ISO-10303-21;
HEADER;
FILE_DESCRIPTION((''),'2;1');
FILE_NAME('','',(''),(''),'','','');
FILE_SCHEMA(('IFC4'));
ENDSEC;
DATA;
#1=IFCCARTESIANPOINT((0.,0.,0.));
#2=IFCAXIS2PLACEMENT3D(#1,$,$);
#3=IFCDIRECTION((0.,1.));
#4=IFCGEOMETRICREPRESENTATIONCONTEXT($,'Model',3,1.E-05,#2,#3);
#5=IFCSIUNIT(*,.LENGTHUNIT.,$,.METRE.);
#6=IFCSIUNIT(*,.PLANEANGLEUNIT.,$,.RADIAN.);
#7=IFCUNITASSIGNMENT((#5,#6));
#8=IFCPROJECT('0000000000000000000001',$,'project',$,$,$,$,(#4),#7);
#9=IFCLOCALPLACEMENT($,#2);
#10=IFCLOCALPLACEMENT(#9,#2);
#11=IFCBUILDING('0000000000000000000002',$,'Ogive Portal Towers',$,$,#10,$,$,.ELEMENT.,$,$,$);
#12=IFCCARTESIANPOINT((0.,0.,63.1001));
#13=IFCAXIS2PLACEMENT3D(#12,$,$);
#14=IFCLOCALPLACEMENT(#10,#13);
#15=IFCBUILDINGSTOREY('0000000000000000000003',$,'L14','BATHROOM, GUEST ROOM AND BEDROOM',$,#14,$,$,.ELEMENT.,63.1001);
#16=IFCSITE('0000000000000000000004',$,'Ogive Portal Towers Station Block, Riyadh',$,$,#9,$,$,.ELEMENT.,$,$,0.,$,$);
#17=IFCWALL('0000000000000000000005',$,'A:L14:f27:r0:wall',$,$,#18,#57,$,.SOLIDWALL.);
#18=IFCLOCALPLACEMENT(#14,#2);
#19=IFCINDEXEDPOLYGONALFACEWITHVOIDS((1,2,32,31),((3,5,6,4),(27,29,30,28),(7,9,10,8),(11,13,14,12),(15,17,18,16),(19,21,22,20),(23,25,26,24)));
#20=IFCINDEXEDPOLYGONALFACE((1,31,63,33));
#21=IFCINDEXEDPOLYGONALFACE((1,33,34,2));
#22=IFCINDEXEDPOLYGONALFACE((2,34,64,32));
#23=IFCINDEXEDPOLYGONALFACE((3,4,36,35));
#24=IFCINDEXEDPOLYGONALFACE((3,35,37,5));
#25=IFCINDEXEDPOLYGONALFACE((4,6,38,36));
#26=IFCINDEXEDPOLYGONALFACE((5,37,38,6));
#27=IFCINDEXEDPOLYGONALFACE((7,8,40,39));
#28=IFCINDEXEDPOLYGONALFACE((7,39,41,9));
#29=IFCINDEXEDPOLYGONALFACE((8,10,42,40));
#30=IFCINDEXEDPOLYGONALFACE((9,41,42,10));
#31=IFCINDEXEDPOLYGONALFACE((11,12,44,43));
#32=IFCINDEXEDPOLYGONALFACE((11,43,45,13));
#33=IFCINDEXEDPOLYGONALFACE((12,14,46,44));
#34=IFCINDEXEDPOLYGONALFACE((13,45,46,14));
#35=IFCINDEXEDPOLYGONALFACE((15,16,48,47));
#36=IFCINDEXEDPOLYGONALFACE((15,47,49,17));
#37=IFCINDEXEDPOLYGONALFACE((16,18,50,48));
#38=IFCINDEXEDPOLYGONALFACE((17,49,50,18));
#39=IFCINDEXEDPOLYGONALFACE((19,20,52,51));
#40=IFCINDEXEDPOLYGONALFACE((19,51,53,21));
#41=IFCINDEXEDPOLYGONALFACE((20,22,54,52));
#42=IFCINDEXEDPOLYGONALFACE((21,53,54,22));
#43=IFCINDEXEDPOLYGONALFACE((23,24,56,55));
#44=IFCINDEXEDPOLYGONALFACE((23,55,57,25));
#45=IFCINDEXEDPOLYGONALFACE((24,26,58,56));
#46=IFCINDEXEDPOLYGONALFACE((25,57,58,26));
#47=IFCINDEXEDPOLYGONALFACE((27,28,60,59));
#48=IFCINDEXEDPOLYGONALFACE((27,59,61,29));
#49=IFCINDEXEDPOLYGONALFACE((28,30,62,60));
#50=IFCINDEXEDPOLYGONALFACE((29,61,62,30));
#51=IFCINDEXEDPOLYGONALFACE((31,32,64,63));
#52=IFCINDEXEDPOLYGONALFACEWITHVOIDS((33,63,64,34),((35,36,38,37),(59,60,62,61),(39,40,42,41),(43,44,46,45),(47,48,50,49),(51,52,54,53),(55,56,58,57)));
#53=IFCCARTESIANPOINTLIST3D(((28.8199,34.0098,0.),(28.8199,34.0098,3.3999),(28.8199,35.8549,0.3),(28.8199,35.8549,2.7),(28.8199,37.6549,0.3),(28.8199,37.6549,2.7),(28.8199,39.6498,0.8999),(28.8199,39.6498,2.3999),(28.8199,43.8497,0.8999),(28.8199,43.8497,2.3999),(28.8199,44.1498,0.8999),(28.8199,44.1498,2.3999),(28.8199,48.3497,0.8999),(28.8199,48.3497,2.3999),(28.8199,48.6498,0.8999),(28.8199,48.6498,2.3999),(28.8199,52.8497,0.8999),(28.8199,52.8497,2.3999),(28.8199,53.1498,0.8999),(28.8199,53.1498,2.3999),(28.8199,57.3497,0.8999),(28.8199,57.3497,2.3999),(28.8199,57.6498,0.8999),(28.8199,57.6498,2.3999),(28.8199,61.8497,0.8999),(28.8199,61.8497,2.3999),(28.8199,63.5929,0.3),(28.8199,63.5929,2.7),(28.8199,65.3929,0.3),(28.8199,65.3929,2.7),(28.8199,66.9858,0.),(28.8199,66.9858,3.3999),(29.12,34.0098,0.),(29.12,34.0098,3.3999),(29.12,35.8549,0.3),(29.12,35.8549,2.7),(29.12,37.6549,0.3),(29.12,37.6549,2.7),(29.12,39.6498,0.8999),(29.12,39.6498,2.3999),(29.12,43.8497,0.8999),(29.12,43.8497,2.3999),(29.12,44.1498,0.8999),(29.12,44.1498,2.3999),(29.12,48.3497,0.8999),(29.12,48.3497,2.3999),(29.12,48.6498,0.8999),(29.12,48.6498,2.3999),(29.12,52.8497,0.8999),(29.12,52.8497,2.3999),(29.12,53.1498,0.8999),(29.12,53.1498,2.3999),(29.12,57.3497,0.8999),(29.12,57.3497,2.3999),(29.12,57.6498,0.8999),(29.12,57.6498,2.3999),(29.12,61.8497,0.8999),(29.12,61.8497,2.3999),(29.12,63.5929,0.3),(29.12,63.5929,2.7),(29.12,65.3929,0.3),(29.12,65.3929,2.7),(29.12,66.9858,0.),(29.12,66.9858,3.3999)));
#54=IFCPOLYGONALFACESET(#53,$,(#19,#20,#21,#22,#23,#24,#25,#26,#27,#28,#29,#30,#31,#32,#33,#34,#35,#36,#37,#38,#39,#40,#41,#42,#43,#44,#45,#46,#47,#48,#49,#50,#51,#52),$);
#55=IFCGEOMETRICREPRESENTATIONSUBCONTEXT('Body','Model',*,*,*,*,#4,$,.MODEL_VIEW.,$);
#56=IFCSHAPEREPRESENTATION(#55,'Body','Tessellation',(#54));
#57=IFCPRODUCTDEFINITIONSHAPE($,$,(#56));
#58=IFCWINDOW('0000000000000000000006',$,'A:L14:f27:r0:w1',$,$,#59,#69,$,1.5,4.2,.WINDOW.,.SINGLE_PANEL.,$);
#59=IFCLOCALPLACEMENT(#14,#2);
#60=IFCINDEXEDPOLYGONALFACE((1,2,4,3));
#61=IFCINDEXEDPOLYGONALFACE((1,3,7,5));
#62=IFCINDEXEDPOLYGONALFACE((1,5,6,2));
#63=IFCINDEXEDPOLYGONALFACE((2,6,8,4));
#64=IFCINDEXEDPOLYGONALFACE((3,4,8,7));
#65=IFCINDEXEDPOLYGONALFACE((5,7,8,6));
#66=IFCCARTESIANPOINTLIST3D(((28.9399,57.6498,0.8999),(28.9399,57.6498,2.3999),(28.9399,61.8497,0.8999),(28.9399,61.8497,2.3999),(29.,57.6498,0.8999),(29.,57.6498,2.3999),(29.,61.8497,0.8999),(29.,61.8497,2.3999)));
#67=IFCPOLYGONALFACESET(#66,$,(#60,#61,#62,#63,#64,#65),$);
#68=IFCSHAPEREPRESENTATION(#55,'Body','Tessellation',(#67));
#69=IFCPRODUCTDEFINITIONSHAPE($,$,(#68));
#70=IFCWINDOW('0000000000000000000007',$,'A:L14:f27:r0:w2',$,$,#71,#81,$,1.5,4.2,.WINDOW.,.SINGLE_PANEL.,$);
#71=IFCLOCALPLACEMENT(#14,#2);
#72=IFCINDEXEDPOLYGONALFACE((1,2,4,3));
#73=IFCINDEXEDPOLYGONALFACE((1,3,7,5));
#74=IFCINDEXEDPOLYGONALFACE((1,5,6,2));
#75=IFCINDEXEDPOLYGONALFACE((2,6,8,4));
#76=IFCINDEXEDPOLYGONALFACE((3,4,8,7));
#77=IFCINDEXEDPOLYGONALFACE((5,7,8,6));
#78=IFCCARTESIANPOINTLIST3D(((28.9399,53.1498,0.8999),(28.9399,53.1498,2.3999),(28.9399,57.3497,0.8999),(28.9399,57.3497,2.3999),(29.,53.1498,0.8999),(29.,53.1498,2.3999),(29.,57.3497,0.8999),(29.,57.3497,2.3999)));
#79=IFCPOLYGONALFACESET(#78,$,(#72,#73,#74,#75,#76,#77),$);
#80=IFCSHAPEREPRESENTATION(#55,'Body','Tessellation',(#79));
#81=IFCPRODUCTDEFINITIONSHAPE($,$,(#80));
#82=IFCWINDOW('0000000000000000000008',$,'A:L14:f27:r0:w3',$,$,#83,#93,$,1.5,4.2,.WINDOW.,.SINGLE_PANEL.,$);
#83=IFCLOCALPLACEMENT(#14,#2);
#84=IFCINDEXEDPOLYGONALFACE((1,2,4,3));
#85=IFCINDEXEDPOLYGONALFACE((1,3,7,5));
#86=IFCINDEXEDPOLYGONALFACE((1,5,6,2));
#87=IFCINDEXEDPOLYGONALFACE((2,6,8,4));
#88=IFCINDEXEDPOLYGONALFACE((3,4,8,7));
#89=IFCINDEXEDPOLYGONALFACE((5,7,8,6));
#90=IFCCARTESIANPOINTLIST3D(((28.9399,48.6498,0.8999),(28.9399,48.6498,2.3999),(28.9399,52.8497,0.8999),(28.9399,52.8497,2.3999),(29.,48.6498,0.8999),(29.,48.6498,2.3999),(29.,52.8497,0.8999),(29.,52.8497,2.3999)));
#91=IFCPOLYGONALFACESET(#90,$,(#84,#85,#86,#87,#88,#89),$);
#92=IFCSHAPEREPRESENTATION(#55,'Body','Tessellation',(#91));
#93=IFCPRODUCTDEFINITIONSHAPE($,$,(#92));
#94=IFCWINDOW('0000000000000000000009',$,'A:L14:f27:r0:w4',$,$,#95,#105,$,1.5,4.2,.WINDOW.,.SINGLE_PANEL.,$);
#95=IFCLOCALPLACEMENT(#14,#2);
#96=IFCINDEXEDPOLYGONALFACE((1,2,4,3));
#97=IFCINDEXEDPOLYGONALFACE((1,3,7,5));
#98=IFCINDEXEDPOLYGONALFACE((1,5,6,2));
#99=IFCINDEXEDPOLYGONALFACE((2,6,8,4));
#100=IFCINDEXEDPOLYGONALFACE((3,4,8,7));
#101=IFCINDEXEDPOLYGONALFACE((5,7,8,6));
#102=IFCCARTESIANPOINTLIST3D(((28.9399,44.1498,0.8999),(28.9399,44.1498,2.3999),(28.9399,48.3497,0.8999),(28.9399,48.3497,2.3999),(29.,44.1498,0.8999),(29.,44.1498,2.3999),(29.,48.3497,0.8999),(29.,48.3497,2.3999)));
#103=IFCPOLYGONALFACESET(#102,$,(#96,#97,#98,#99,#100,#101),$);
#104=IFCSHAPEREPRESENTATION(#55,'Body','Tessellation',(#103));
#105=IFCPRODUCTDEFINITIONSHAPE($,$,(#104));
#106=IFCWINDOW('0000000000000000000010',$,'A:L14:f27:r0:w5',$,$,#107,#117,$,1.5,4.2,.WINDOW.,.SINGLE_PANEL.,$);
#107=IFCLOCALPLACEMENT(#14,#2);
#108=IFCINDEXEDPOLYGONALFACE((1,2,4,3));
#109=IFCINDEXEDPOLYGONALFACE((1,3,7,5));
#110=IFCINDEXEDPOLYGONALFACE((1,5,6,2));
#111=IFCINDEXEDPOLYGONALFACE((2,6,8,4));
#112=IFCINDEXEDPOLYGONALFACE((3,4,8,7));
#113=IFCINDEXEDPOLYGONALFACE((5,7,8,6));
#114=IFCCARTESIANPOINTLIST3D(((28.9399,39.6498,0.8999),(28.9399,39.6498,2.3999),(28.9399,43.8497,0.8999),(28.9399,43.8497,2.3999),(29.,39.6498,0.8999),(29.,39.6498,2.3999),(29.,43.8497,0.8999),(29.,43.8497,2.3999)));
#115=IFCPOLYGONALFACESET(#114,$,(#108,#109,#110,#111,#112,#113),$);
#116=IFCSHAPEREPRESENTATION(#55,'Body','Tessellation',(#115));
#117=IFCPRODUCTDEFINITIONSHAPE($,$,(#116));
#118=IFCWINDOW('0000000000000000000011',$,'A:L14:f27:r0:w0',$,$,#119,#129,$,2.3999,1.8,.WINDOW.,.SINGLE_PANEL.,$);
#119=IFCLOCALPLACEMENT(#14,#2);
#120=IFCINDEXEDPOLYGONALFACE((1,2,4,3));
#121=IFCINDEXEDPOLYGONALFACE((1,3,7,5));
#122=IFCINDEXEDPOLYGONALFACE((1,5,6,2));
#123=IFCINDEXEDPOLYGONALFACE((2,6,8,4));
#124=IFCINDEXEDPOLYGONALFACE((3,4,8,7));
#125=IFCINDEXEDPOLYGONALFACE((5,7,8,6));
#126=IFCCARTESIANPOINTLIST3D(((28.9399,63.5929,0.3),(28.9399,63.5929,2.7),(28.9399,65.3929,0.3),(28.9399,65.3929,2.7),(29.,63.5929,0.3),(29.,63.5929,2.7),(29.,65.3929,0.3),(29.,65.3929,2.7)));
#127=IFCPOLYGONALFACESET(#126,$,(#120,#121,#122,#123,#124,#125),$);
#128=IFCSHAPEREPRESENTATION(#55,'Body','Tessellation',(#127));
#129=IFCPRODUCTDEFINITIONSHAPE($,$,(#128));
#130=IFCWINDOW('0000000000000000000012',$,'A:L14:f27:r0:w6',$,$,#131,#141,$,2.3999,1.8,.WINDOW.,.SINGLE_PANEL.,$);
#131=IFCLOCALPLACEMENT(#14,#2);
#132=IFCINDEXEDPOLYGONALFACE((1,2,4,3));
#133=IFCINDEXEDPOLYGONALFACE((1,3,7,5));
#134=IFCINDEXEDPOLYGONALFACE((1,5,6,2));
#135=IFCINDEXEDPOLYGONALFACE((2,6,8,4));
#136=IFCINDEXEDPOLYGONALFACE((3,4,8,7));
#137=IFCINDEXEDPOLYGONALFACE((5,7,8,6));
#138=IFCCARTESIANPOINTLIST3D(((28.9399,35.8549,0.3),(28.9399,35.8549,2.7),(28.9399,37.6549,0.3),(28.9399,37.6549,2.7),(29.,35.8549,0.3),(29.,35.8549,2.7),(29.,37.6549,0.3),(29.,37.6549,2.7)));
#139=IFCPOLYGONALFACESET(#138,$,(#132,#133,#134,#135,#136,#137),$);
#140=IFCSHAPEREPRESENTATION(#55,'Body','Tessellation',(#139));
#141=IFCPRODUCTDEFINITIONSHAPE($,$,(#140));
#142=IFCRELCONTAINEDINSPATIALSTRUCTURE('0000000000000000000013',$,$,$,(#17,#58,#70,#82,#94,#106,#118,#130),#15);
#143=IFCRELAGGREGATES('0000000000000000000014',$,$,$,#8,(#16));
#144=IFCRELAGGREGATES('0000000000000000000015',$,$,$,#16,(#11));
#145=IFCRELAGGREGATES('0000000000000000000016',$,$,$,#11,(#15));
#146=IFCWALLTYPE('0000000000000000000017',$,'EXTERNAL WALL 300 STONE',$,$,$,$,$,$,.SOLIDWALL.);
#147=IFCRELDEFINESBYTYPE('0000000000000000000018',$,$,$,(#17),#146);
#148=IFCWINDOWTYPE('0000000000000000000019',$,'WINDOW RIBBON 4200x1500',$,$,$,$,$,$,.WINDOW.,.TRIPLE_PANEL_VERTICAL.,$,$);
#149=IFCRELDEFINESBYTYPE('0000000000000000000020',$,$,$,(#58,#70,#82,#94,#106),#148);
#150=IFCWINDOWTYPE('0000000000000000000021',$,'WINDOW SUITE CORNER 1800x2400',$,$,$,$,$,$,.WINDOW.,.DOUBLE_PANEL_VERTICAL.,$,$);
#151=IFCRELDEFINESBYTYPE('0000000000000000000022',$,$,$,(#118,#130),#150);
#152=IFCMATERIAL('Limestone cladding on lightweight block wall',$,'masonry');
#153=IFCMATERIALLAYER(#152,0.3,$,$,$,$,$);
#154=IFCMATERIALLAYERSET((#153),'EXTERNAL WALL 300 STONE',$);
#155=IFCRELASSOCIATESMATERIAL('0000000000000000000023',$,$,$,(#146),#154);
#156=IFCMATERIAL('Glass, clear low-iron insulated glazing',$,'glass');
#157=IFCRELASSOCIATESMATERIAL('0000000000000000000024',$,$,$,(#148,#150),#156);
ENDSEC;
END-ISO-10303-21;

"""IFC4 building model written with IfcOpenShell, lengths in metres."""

from ifc_helpers import new_model, si_unit, direction, frame, frame_2d, origin, place, context, subcontext, project, spatial, rectangle, extrude, material, layer, layer_set, type_object, element, fill, save


model = new_model("IFC4")

# Units and contexts
model_context = context("Model", 3, precision=1e-05, world=origin(), true_north=direction((0.0, 1.0)))
body_context = subcontext(model_context, "Body", "Model", "MODEL_VIEW")
ifc_project = project(units=[si_unit("LENGTHUNIT", "METRE"), si_unit("PLANEANGLEUNIT", "RADIAN")], contexts=[model_context])

# Site, building, storey
site_placement = place(None, origin())
site = spatial("IfcSite", under=ifc_project, at=site_placement, Name="Ogive Portal Towers Station Block, Riyadh", CompositionType="ELEMENT", RefElevation=0.0)
building_placement = place(site_placement, origin())
building = spatial("IfcBuilding", under=site, at=building_placement, Name="Ogive Portal Towers", CompositionType="ELEMENT")
storey_placement = place(building_placement, frame((0.0, 0.0, 63.1001)))
storey = spatial("IfcBuildingStorey", under=building, at=storey_placement, Name="L14", Description="BATHROOM, GUEST ROOM AND BEDROOM", CompositionType="ELEMENT", Elevation=63.1001)

# Shared definitions
ifc_material_1 = material(Name="Glass, clear low-iron insulated glazing", Category="glass")

# Wall, openings, windows
ifc_material_2 = material(Name="Limestone cladding on lightweight block wall", Category="masonry")
ifc_layer_1 = layer(ifc_material_2, 0.3)
ifc_layer_set_1 = layer_set([ifc_layer_1], Name="EXTERNAL WALL 300 STONE")
wall_type_1 = type_object("IfcWallType", Name="EXTERNAL WALL 300 STONE", PredefinedType="SOLIDWALL", material=ifc_layer_set_1)
wall_1_placement = place(storey_placement, frame((28.97, 66.9858, 0.0), z_axis=(0.0, 0.0, 1.0), x_axis=(0.0, -1.0, 0.0)))
wall_1 = element("IfcWall", 1, at=wall_1_placement, inside=storey, type_object=wall_type_1, Name="A:L14:f27:r0:wall", PredefinedType="SOLIDWALL", context=body_context, shape_type="SweptSolid", body=[
    extrude(rectangle(XDim=32.9761, YDim=0.3, at=frame_2d((16.488, 0.0))), origin(), (0.0, 0.0, 1.0), 3.3999),
])
opening_1_placement = place(wall_1_placement, frame((1.593, 0.0, 0.3)))
opening_1 = element("IfcOpeningElement", 2, at=opening_1_placement, cuts=wall_1, PredefinedType="OPENING", context=body_context, shape_type="SweptSolid", body=[
    extrude(rectangle(XDim=1.8, YDim=2.3999, at=frame_2d((0.8999, 1.2))), frame((0.0, 0.1602, 0.0), z_axis=(0.0, -1.0, 0.0), x_axis=(1.0, 0.0, 0.0)), (0.0, 0.0, 1.0), 0.3201),
])
opening_2_placement = place(wall_1_placement, frame((5.136, 0.0, 0.8999)))
opening_2 = element("IfcOpeningElement", 3, at=opening_2_placement, cuts=wall_1, PredefinedType="OPENING", context=body_context, shape_type="SweptSolid", body=[
    extrude(rectangle(XDim=4.2, YDim=1.5, at=frame_2d((2.1001, 0.75))), frame((0.0, 0.1602, 0.0), z_axis=(0.0, -1.0, 0.0), x_axis=(1.0, 0.0, 0.0)), (0.0, 0.0, 1.0), 0.3201),
])
opening_3_placement = place(wall_1_placement, frame((9.636, 0.0, 0.8999)))
opening_3 = element("IfcOpeningElement", 4, at=opening_3_placement, cuts=wall_1, PredefinedType="OPENING", context=body_context, shape_type="SweptSolid", body=[
    extrude(rectangle(XDim=4.2, YDim=1.5, at=frame_2d((2.1001, 0.75))), frame((0.0, 0.1602, 0.0), z_axis=(0.0, -1.0, 0.0), x_axis=(1.0, 0.0, 0.0)), (0.0, 0.0, 1.0), 0.3201),
])
opening_4_placement = place(wall_1_placement, frame((14.136, 0.0, 0.8999)))
opening_4 = element("IfcOpeningElement", 5, at=opening_4_placement, cuts=wall_1, PredefinedType="OPENING", context=body_context, shape_type="SweptSolid", body=[
    extrude(rectangle(XDim=4.2, YDim=1.5, at=frame_2d((2.1001, 0.75))), frame((0.0, 0.1602, 0.0), z_axis=(0.0, -1.0, 0.0), x_axis=(1.0, 0.0, 0.0)), (0.0, 0.0, 1.0), 0.3201),
])
opening_5_placement = place(wall_1_placement, frame((18.636, 0.0, 0.8999)))
opening_5 = element("IfcOpeningElement", 6, at=opening_5_placement, cuts=wall_1, PredefinedType="OPENING", context=body_context, shape_type="SweptSolid", body=[
    extrude(rectangle(XDim=4.2, YDim=1.5, at=frame_2d((2.1001, 0.75))), frame((0.0, 0.1602, 0.0), z_axis=(0.0, -1.0, 0.0), x_axis=(1.0, 0.0, 0.0)), (0.0, 0.0, 1.0), 0.3201),
])
opening_6_placement = place(wall_1_placement, frame((23.136, 0.0, 0.8999)))
opening_6 = element("IfcOpeningElement", 7, at=opening_6_placement, cuts=wall_1, PredefinedType="OPENING", context=body_context, shape_type="SweptSolid", body=[
    extrude(rectangle(XDim=4.2, YDim=1.5, at=frame_2d((2.1001, 0.75))), frame((0.0, 0.1602, 0.0), z_axis=(0.0, -1.0, 0.0), x_axis=(1.0, 0.0, 0.0)), (0.0, 0.0, 1.0), 0.3201),
])
opening_7_placement = place(wall_1_placement, frame((29.3311, 0.0, 0.3)))
opening_7 = element("IfcOpeningElement", 8, at=opening_7_placement, cuts=wall_1, PredefinedType="OPENING", context=body_context, shape_type="SweptSolid", body=[
    extrude(rectangle(XDim=1.8, YDim=2.3999, at=frame_2d((0.8999, 1.2))), frame((0.0, 0.1602, 0.0), z_axis=(0.0, -1.0, 0.0), x_axis=(1.0, 0.0, 0.0)), (0.0, 0.0, 1.0), 0.3201),
])
window_type_1 = type_object("IfcWindowType", Name="WINDOW RIBBON 4200x1500", PartitioningType="TRIPLE_PANEL_VERTICAL", PredefinedType="WINDOW", material=ifc_material_1)
window_1_placement = place(opening_2_placement, origin())
window_1 = element("IfcWindow", 9, at=window_1_placement, inside=storey, type_object=window_type_1, Name="A:L14:f27:r0:w1", OverallHeight=1.5, OverallWidth=4.2, PartitioningType="SINGLE_PANEL", PredefinedType="WINDOW", context=body_context, shape_type="SweptSolid", body=[
    extrude(rectangle(XDim=4.2, YDim=1.5, at=frame_2d((2.1001, 0.75))), frame((0.0, 0.03, 0.0), z_axis=(0.0, -1.0, 0.0), x_axis=(1.0, 0.0, 0.0)), (0.0, 0.0, 1.0), 0.0601),
])
fill(opening_2, window_1)
window_2_placement = place(opening_3_placement, origin())
window_2 = element("IfcWindow", 10, at=window_2_placement, inside=storey, type_object=window_type_1, Name="A:L14:f27:r0:w2", OverallHeight=1.5, OverallWidth=4.2, PartitioningType="SINGLE_PANEL", PredefinedType="WINDOW", context=body_context, shape_type="SweptSolid", body=[
    extrude(rectangle(XDim=4.2, YDim=1.5, at=frame_2d((2.1001, 0.75))), frame((0.0, 0.03, 0.0), z_axis=(0.0, -1.0, 0.0), x_axis=(1.0, 0.0, 0.0)), (0.0, 0.0, 1.0), 0.0601),
])
fill(opening_3, window_2)
window_3_placement = place(opening_4_placement, origin())
window_3 = element("IfcWindow", 11, at=window_3_placement, inside=storey, type_object=window_type_1, Name="A:L14:f27:r0:w3", OverallHeight=1.5, OverallWidth=4.2, PartitioningType="SINGLE_PANEL", PredefinedType="WINDOW", context=body_context, shape_type="SweptSolid", body=[
    extrude(rectangle(XDim=4.2, YDim=1.5, at=frame_2d((2.1001, 0.75))), frame((0.0, 0.03, 0.0), z_axis=(0.0, -1.0, 0.0), x_axis=(1.0, 0.0, 0.0)), (0.0, 0.0, 1.0), 0.0601),
])
fill(opening_4, window_3)
window_4_placement = place(opening_5_placement, origin())
window_4 = element("IfcWindow", 12, at=window_4_placement, inside=storey, type_object=window_type_1, Name="A:L14:f27:r0:w4", OverallHeight=1.5, OverallWidth=4.2, PartitioningType="SINGLE_PANEL", PredefinedType="WINDOW", context=body_context, shape_type="SweptSolid", body=[
    extrude(rectangle(XDim=4.2, YDim=1.5, at=frame_2d((2.1001, 0.75))), frame((0.0, 0.03, 0.0), z_axis=(0.0, -1.0, 0.0), x_axis=(1.0, 0.0, 0.0)), (0.0, 0.0, 1.0), 0.0601),
])
fill(opening_5, window_4)
window_5_placement = place(opening_6_placement, origin())
window_5 = element("IfcWindow", 13, at=window_5_placement, inside=storey, type_object=window_type_1, Name="A:L14:f27:r0:w5", OverallHeight=1.5, OverallWidth=4.2, PartitioningType="SINGLE_PANEL", PredefinedType="WINDOW", context=body_context, shape_type="SweptSolid", body=[
    extrude(rectangle(XDim=4.2, YDim=1.5, at=frame_2d((2.1001, 0.75))), frame((0.0, 0.03, 0.0), z_axis=(0.0, -1.0, 0.0), x_axis=(1.0, 0.0, 0.0)), (0.0, 0.0, 1.0), 0.0601),
])
fill(opening_6, window_5)
window_type_2 = type_object("IfcWindowType", Name="WINDOW SUITE CORNER 1800x2400", PartitioningType="DOUBLE_PANEL_VERTICAL", PredefinedType="WINDOW", material=ifc_material_1)
window_6_placement = place(opening_1_placement, origin())
window_6 = element("IfcWindow", 14, at=window_6_placement, inside=storey, type_object=window_type_2, Name="A:L14:f27:r0:w0", OverallHeight=2.3999, OverallWidth=1.8, PartitioningType="SINGLE_PANEL", PredefinedType="WINDOW", context=body_context, shape_type="SweptSolid", body=[
    extrude(rectangle(XDim=1.8, YDim=2.3999, at=frame_2d((0.8999, 1.2))), frame((0.0, 0.03, 0.0), z_axis=(0.0, -1.0, 0.0), x_axis=(1.0, 0.0, 0.0)), (0.0, 0.0, 1.0), 0.0601),
])
fill(opening_1, window_6)
window_7_placement = place(opening_7_placement, origin())
window_7 = element("IfcWindow", 15, at=window_7_placement, inside=storey, type_object=window_type_2, Name="A:L14:f27:r0:w6", OverallHeight=2.3999, OverallWidth=1.8, PartitioningType="SINGLE_PANEL", PredefinedType="WINDOW", context=body_context, shape_type="SweptSolid", body=[
    extrude(rectangle(XDim=1.8, YDim=2.3999, at=frame_2d((0.8999, 1.2))), frame((0.0, 0.03, 0.0), z_axis=(0.0, -1.0, 0.0), x_axis=(1.0, 0.0, 0.0)), (0.0, 0.0, 1.0), 0.0601),
])
fill(opening_7, window_7)

save(model, "model.ifc")
